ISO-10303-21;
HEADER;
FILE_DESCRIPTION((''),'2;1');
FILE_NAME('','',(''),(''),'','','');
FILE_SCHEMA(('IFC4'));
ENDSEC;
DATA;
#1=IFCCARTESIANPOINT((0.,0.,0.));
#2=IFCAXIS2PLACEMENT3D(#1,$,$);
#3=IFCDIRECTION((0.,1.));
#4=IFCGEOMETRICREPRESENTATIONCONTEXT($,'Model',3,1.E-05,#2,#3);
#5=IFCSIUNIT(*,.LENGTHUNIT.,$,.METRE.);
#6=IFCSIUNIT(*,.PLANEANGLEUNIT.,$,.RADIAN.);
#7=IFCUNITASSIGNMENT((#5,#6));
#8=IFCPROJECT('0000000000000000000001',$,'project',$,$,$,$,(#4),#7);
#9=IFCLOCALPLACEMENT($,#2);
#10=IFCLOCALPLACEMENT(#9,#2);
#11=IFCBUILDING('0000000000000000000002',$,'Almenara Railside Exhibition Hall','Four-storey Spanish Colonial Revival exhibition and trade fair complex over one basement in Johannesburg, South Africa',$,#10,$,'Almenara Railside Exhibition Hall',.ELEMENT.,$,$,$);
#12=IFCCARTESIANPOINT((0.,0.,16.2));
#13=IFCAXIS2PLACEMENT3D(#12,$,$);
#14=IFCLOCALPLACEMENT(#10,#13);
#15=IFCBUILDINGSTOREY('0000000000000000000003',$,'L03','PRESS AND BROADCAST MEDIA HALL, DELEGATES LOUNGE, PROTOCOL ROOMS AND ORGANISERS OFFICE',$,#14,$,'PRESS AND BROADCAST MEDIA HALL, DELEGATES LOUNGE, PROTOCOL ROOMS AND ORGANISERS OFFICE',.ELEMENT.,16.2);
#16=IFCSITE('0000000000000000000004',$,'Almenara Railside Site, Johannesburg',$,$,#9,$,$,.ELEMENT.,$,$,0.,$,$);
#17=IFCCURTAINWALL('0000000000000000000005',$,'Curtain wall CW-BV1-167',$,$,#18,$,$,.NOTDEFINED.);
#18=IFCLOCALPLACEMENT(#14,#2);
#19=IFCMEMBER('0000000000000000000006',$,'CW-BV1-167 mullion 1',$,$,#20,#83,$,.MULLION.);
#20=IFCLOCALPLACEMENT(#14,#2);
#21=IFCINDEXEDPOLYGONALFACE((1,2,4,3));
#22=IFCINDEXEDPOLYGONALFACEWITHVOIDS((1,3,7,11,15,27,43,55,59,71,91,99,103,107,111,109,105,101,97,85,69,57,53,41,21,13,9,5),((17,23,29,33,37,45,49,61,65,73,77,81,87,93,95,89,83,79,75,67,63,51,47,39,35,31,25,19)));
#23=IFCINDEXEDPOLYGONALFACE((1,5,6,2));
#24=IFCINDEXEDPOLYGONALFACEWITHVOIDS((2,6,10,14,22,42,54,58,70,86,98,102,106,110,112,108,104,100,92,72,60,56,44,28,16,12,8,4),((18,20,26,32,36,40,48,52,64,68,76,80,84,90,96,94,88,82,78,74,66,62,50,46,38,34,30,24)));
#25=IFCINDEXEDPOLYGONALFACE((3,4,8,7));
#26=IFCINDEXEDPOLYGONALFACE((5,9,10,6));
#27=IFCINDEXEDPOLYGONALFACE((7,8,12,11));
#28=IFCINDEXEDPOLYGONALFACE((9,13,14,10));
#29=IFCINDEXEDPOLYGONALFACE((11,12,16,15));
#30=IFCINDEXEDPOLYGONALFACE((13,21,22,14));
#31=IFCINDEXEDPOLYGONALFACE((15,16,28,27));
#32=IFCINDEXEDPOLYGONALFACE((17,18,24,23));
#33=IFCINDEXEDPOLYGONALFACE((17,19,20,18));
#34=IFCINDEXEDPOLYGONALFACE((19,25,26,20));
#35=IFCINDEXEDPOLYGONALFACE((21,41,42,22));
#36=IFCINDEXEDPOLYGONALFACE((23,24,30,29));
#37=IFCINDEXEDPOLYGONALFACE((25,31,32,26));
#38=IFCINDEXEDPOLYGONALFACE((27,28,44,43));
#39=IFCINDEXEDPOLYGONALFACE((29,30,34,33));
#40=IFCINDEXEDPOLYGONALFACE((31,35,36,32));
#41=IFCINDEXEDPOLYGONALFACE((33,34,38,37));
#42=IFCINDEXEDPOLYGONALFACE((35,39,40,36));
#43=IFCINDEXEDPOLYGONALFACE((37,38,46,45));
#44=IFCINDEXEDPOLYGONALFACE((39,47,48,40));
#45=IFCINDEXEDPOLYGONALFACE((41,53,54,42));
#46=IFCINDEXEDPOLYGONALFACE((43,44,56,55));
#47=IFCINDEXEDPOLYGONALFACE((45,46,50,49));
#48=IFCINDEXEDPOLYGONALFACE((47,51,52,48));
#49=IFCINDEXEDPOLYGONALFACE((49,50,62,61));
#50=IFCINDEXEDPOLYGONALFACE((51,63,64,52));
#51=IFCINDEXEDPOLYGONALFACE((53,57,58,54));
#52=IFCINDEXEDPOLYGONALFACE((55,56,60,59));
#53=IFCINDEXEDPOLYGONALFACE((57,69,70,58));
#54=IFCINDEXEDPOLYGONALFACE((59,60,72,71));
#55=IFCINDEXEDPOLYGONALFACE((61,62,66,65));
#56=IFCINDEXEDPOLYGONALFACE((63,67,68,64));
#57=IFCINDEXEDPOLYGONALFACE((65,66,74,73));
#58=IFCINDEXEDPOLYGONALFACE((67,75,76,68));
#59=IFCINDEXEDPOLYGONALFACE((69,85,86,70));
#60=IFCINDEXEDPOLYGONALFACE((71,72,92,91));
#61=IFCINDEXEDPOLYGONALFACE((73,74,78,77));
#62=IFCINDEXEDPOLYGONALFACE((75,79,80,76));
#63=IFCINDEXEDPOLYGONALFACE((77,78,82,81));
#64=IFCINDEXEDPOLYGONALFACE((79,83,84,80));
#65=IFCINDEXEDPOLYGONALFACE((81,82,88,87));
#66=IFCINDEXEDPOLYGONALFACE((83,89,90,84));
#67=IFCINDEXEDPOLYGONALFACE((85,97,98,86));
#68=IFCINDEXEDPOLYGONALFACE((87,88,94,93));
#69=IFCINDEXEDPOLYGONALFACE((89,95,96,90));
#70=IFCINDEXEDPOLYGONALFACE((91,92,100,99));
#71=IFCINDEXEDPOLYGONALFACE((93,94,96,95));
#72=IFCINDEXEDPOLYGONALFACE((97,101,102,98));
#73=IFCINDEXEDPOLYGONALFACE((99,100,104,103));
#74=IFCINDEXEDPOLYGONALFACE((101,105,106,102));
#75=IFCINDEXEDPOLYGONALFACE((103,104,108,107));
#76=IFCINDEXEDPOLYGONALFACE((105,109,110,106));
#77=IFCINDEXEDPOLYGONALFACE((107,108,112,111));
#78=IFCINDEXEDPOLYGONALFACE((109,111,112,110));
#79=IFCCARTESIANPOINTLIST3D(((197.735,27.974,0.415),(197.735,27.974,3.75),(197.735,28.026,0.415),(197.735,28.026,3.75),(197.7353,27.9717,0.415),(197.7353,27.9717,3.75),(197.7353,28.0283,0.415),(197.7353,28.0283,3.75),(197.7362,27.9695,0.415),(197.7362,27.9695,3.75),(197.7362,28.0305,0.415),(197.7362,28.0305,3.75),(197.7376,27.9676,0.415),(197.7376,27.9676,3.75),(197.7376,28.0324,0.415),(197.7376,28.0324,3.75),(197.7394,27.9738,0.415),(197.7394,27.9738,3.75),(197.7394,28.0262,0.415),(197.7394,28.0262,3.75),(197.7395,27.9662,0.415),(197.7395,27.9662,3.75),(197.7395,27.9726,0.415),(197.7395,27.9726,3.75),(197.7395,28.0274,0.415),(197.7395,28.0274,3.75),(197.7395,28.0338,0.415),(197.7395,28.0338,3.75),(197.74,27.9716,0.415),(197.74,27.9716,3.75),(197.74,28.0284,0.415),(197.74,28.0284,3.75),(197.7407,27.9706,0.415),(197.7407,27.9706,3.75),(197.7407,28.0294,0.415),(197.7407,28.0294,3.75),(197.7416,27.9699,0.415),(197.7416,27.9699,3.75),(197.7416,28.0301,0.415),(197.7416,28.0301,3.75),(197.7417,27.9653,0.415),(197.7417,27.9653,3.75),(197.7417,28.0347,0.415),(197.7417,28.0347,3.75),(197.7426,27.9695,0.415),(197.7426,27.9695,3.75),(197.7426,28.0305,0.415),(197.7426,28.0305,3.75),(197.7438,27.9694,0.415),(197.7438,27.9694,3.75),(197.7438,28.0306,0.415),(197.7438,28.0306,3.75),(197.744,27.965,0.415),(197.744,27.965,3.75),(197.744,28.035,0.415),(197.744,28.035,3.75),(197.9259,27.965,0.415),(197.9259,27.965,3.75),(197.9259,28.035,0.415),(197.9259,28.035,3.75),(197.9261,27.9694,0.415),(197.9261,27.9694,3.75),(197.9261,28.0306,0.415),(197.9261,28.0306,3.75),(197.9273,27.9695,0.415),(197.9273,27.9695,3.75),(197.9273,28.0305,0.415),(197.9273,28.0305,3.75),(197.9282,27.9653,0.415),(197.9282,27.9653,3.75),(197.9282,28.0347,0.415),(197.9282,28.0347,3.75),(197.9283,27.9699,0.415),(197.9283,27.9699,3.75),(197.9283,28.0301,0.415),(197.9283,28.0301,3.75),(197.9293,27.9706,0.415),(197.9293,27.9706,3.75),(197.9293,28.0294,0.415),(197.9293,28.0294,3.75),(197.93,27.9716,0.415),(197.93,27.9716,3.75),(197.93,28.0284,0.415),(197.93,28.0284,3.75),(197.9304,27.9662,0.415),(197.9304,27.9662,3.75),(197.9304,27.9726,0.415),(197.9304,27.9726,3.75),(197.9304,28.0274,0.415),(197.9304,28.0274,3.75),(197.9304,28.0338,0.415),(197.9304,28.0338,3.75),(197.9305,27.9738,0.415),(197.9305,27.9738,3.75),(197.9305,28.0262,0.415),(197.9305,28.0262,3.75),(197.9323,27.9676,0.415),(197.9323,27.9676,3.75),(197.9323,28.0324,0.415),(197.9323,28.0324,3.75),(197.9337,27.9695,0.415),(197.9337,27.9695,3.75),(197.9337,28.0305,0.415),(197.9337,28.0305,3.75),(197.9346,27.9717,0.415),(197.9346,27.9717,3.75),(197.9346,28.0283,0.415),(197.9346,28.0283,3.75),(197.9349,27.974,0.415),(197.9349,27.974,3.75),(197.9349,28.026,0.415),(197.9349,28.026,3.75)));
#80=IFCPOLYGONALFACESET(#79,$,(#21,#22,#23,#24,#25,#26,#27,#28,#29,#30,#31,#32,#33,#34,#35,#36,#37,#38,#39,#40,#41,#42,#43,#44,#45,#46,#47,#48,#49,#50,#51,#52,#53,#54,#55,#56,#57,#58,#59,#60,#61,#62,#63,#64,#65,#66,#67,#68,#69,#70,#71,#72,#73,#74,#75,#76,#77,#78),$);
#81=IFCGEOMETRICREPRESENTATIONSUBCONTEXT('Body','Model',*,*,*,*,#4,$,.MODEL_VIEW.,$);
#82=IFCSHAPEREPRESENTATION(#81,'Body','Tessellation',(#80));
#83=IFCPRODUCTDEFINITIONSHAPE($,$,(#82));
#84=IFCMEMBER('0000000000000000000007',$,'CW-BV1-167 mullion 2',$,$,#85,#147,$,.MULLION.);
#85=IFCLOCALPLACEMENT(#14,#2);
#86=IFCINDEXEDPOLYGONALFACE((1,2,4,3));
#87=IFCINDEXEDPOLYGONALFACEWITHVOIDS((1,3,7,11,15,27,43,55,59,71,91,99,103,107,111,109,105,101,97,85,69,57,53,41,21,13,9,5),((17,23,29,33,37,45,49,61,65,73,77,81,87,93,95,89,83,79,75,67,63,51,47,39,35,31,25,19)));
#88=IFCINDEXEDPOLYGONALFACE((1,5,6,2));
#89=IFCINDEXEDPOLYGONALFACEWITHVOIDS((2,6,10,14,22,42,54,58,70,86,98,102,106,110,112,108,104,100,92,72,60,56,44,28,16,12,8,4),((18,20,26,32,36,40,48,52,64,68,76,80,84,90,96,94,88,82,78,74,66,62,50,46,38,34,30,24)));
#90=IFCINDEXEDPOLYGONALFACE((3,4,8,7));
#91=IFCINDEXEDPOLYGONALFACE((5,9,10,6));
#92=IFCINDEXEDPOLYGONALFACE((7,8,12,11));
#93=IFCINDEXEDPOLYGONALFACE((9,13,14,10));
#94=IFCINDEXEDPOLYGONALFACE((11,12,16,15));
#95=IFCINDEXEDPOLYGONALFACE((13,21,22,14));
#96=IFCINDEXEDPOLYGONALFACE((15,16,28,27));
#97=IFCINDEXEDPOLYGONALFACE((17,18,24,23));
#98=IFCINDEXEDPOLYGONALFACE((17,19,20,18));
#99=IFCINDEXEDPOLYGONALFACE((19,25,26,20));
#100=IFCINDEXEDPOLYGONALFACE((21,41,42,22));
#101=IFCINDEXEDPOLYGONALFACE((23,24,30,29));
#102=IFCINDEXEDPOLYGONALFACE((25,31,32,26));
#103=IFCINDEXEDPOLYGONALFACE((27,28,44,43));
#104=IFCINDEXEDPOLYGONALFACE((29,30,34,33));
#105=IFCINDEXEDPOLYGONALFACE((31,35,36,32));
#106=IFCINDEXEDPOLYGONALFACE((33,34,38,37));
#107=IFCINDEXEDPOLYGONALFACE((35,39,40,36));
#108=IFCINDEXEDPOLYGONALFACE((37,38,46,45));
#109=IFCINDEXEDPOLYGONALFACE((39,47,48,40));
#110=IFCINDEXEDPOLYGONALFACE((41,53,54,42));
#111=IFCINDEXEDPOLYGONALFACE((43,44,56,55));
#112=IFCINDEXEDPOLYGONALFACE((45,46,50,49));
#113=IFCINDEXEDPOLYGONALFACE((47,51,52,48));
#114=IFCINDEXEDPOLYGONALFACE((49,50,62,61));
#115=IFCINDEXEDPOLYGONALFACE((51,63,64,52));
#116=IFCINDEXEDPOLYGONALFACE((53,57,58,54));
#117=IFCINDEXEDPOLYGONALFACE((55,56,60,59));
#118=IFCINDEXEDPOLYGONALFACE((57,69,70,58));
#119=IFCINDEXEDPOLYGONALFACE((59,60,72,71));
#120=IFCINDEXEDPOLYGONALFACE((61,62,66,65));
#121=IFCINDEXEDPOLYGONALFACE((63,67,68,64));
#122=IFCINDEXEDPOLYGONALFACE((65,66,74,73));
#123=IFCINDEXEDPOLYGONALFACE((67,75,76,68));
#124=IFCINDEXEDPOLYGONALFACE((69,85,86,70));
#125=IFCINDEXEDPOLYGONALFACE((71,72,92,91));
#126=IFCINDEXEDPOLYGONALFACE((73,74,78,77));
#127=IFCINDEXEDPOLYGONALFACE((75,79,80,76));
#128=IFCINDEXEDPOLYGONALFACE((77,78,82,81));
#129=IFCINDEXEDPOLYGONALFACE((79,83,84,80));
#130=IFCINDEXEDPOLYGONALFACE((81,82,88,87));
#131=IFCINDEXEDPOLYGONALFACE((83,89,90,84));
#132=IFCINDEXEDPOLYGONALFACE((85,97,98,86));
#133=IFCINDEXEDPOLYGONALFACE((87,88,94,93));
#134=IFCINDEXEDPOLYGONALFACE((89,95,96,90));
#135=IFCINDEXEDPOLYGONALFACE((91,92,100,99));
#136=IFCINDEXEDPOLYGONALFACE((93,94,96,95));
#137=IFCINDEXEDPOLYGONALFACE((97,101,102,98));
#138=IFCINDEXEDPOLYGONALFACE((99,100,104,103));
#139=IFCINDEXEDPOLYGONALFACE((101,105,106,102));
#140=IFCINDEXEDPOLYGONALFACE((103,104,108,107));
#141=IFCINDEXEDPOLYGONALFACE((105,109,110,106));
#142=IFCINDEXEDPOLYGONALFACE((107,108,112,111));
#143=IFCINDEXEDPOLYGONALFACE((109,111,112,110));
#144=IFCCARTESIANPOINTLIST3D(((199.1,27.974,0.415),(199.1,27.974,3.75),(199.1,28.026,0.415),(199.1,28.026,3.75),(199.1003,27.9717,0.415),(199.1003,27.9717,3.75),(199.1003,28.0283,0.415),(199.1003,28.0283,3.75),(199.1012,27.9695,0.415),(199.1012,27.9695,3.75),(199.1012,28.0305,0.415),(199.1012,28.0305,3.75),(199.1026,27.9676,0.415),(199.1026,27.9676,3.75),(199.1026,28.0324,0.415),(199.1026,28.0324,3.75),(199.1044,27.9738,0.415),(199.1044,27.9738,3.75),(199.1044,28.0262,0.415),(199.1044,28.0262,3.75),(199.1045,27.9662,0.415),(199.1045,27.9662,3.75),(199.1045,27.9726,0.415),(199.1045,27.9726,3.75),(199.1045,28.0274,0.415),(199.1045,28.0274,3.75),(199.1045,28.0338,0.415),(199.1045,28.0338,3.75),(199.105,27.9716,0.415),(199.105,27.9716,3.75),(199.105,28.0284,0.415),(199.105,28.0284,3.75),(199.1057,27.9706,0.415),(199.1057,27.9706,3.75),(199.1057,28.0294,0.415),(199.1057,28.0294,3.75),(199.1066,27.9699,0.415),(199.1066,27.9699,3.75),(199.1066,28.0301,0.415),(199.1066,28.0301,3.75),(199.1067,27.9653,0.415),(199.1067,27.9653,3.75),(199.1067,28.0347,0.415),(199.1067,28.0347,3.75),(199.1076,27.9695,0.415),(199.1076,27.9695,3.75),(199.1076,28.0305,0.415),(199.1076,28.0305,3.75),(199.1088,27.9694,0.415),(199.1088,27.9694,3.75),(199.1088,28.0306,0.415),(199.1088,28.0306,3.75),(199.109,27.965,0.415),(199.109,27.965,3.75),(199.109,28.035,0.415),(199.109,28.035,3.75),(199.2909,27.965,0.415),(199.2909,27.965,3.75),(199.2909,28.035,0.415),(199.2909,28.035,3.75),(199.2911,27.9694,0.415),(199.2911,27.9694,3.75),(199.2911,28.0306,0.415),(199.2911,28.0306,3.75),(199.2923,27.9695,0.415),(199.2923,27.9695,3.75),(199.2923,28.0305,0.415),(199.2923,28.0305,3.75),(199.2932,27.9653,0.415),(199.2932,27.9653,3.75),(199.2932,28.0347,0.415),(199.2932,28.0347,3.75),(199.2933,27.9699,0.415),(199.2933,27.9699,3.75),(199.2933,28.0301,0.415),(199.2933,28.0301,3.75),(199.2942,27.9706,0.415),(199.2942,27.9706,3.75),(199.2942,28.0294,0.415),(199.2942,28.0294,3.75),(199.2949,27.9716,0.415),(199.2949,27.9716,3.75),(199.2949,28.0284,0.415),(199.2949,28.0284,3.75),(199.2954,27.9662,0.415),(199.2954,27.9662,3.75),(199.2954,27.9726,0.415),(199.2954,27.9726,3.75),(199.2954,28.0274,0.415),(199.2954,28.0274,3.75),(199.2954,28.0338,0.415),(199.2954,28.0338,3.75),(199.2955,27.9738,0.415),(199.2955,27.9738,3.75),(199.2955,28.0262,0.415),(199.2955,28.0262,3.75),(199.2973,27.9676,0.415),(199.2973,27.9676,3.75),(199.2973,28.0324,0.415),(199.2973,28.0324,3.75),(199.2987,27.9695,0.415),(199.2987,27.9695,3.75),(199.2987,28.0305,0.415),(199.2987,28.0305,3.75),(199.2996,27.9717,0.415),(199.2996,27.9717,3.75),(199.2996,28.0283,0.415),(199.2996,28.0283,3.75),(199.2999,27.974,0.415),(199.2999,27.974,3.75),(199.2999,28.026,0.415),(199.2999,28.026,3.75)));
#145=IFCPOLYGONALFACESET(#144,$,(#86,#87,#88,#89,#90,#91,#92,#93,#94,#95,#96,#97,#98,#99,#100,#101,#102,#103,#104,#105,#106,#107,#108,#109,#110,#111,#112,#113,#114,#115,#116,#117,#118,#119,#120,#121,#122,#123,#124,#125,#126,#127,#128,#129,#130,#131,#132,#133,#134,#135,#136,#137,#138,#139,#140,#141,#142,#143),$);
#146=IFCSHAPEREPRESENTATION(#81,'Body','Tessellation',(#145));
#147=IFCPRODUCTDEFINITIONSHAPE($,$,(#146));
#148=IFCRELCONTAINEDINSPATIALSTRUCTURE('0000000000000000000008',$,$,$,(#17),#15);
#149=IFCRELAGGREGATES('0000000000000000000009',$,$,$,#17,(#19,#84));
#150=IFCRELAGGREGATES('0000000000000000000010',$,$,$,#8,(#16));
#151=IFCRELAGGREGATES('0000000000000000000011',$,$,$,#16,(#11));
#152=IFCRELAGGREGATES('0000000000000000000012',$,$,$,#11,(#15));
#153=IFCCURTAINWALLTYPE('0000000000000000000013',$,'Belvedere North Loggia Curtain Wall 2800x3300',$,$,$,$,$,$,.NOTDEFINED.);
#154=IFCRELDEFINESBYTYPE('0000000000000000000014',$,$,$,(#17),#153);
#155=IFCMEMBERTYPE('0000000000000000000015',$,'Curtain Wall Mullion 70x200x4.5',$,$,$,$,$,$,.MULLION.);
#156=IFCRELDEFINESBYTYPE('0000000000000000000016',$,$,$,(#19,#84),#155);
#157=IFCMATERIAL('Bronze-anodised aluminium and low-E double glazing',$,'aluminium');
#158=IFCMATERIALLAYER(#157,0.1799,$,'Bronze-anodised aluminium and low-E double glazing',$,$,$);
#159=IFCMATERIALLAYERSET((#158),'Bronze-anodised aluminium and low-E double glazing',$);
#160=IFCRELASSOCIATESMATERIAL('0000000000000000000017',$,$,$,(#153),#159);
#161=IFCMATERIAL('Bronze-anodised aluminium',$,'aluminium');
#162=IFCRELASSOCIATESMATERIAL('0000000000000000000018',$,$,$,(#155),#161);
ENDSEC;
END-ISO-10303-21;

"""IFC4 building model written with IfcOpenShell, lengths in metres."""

from ifc_helpers import new_model, si_unit, direction, frame, origin, origin_2d, place, context, subcontext, project, spatial, hollow_rectangle, extrude, material, layer, layer_set, material_profile, profile_set, type_object, element, aggregate, save


model = new_model("IFC4")

# Units and contexts
model_context = context("Model", 3, precision=1e-05, world=origin(), true_north=direction((0.0, 1.0)))
body_context = subcontext(model_context, "Body", "Model", "MODEL_VIEW")
ifc_project = project(units=[si_unit("LENGTHUNIT", "METRE"), si_unit("PLANEANGLEUNIT", "RADIAN")], contexts=[model_context])

# Site, building, storey
site_placement = place(None, origin())
site = spatial("IfcSite", under=ifc_project, at=site_placement, Name="Almenara Railside Site, Johannesburg", CompositionType="ELEMENT", RefElevation=0.0)
building_placement = place(site_placement, origin())
building = spatial("IfcBuilding", under=site, at=building_placement, Name="Almenara Railside Exhibition Hall", Description="Four-storey Spanish Colonial Revival exhibition and trade fair complex over one basement in Johannesburg, South Africa", LongName="Almenara Railside Exhibition Hall", CompositionType="ELEMENT")
storey_placement = place(building_placement, frame((0.0, 0.0, 16.2)))
storey = spatial("IfcBuildingStorey", under=building, at=storey_placement, Name="L03", Description="PRESS AND BROADCAST MEDIA HALL, DELEGATES LOUNGE, PROTOCOL ROOMS AND ORGANISERS OFFICE", LongName="PRESS AND BROADCAST MEDIA HALL, DELEGATES LOUNGE, PROTOCOL ROOMS AND ORGANISERS OFFICE", CompositionType="ELEMENT", Elevation=16.2)

# Curtain wall, members
ifc_material_1 = material(Name="Bronze-anodised aluminium and low-E double glazing", Category="aluminium")
ifc_layer_1 = layer(ifc_material_1, 0.1799, Name="Bronze-anodised aluminium and low-E double glazing")
ifc_layer_set_1 = layer_set([ifc_layer_1], Name="Bronze-anodised aluminium and low-E double glazing")
curtain_wall_type = type_object("IfcCurtainWallType", Name="Belvedere North Loggia Curtain Wall 2800x3300", PredefinedType="NOTDEFINED", material=ifc_layer_set_1)
ifc_material_2 = material(Name="Bronze-anodised aluminium", Category="aluminium")
curtain_wall_1_placement = place(storey_placement, origin())
curtain_wall_1 = element("IfcCurtainWall", 1, at=curtain_wall_1_placement, inside=storey, type_object=curtain_wall_type, Name="Curtain wall CW-BV1-167", PredefinedType="NOTDEFINED")
ifc_material_profile_1 = material_profile(ifc_material_2, hollow_rectangle(XDim=0.0701, YDim=0.2, WallThickness=0.0044, InnerFilletRadius=0.0044, OuterFilletRadius=0.009, at=origin_2d()), Name="ALU-MUL 70x200x4.5")
ifc_profile_set_1 = profile_set([ifc_material_profile_1], Name="Bronze-anodised aluminium")
member_type_1 = type_object("IfcMemberType", Name="Curtain Wall Mullion 70x200x4.5", PredefinedType="MULLION", material=ifc_profile_set_1)
member_1_placement = place(storey_placement, frame((197.835, 28.0, 0.415), z_axis=(0.0, 0.0, 1.0), x_axis=(0.0, 1.0, 0.0)))
member_1 = element("IfcMember", 2, at=member_1_placement, type_object=member_type_1, Name="CW-BV1-167 mullion 1", PredefinedType="MULLION", context=body_context, shape_type="SweptSolid", body=[
    extrude(hollow_rectangle(XDim=0.0701, YDim=0.2, WallThickness=0.0044, InnerFilletRadius=0.0044, OuterFilletRadius=0.009, at=origin_2d()), origin(), (0.0, 0.0, 1.0), 3.335),
])
member_2_placement = place(storey_placement, frame((199.2, 28.0, 0.415), z_axis=(0.0, 0.0, 1.0), x_axis=(0.0, 1.0, 0.0)))
member_2 = element("IfcMember", 3, at=member_2_placement, type_object=member_type_1, Name="CW-BV1-167 mullion 2", PredefinedType="MULLION", context=body_context, shape_type="SweptSolid", body=[
    extrude(hollow_rectangle(XDim=0.0701, YDim=0.2, WallThickness=0.0044, InnerFilletRadius=0.0044, OuterFilletRadius=0.009, at=origin_2d()), origin(), (0.0, 0.0, 1.0), 3.335),
])

aggregate(curtain_wall_1, [member_1, member_2])

save(model, "model.ifc")
